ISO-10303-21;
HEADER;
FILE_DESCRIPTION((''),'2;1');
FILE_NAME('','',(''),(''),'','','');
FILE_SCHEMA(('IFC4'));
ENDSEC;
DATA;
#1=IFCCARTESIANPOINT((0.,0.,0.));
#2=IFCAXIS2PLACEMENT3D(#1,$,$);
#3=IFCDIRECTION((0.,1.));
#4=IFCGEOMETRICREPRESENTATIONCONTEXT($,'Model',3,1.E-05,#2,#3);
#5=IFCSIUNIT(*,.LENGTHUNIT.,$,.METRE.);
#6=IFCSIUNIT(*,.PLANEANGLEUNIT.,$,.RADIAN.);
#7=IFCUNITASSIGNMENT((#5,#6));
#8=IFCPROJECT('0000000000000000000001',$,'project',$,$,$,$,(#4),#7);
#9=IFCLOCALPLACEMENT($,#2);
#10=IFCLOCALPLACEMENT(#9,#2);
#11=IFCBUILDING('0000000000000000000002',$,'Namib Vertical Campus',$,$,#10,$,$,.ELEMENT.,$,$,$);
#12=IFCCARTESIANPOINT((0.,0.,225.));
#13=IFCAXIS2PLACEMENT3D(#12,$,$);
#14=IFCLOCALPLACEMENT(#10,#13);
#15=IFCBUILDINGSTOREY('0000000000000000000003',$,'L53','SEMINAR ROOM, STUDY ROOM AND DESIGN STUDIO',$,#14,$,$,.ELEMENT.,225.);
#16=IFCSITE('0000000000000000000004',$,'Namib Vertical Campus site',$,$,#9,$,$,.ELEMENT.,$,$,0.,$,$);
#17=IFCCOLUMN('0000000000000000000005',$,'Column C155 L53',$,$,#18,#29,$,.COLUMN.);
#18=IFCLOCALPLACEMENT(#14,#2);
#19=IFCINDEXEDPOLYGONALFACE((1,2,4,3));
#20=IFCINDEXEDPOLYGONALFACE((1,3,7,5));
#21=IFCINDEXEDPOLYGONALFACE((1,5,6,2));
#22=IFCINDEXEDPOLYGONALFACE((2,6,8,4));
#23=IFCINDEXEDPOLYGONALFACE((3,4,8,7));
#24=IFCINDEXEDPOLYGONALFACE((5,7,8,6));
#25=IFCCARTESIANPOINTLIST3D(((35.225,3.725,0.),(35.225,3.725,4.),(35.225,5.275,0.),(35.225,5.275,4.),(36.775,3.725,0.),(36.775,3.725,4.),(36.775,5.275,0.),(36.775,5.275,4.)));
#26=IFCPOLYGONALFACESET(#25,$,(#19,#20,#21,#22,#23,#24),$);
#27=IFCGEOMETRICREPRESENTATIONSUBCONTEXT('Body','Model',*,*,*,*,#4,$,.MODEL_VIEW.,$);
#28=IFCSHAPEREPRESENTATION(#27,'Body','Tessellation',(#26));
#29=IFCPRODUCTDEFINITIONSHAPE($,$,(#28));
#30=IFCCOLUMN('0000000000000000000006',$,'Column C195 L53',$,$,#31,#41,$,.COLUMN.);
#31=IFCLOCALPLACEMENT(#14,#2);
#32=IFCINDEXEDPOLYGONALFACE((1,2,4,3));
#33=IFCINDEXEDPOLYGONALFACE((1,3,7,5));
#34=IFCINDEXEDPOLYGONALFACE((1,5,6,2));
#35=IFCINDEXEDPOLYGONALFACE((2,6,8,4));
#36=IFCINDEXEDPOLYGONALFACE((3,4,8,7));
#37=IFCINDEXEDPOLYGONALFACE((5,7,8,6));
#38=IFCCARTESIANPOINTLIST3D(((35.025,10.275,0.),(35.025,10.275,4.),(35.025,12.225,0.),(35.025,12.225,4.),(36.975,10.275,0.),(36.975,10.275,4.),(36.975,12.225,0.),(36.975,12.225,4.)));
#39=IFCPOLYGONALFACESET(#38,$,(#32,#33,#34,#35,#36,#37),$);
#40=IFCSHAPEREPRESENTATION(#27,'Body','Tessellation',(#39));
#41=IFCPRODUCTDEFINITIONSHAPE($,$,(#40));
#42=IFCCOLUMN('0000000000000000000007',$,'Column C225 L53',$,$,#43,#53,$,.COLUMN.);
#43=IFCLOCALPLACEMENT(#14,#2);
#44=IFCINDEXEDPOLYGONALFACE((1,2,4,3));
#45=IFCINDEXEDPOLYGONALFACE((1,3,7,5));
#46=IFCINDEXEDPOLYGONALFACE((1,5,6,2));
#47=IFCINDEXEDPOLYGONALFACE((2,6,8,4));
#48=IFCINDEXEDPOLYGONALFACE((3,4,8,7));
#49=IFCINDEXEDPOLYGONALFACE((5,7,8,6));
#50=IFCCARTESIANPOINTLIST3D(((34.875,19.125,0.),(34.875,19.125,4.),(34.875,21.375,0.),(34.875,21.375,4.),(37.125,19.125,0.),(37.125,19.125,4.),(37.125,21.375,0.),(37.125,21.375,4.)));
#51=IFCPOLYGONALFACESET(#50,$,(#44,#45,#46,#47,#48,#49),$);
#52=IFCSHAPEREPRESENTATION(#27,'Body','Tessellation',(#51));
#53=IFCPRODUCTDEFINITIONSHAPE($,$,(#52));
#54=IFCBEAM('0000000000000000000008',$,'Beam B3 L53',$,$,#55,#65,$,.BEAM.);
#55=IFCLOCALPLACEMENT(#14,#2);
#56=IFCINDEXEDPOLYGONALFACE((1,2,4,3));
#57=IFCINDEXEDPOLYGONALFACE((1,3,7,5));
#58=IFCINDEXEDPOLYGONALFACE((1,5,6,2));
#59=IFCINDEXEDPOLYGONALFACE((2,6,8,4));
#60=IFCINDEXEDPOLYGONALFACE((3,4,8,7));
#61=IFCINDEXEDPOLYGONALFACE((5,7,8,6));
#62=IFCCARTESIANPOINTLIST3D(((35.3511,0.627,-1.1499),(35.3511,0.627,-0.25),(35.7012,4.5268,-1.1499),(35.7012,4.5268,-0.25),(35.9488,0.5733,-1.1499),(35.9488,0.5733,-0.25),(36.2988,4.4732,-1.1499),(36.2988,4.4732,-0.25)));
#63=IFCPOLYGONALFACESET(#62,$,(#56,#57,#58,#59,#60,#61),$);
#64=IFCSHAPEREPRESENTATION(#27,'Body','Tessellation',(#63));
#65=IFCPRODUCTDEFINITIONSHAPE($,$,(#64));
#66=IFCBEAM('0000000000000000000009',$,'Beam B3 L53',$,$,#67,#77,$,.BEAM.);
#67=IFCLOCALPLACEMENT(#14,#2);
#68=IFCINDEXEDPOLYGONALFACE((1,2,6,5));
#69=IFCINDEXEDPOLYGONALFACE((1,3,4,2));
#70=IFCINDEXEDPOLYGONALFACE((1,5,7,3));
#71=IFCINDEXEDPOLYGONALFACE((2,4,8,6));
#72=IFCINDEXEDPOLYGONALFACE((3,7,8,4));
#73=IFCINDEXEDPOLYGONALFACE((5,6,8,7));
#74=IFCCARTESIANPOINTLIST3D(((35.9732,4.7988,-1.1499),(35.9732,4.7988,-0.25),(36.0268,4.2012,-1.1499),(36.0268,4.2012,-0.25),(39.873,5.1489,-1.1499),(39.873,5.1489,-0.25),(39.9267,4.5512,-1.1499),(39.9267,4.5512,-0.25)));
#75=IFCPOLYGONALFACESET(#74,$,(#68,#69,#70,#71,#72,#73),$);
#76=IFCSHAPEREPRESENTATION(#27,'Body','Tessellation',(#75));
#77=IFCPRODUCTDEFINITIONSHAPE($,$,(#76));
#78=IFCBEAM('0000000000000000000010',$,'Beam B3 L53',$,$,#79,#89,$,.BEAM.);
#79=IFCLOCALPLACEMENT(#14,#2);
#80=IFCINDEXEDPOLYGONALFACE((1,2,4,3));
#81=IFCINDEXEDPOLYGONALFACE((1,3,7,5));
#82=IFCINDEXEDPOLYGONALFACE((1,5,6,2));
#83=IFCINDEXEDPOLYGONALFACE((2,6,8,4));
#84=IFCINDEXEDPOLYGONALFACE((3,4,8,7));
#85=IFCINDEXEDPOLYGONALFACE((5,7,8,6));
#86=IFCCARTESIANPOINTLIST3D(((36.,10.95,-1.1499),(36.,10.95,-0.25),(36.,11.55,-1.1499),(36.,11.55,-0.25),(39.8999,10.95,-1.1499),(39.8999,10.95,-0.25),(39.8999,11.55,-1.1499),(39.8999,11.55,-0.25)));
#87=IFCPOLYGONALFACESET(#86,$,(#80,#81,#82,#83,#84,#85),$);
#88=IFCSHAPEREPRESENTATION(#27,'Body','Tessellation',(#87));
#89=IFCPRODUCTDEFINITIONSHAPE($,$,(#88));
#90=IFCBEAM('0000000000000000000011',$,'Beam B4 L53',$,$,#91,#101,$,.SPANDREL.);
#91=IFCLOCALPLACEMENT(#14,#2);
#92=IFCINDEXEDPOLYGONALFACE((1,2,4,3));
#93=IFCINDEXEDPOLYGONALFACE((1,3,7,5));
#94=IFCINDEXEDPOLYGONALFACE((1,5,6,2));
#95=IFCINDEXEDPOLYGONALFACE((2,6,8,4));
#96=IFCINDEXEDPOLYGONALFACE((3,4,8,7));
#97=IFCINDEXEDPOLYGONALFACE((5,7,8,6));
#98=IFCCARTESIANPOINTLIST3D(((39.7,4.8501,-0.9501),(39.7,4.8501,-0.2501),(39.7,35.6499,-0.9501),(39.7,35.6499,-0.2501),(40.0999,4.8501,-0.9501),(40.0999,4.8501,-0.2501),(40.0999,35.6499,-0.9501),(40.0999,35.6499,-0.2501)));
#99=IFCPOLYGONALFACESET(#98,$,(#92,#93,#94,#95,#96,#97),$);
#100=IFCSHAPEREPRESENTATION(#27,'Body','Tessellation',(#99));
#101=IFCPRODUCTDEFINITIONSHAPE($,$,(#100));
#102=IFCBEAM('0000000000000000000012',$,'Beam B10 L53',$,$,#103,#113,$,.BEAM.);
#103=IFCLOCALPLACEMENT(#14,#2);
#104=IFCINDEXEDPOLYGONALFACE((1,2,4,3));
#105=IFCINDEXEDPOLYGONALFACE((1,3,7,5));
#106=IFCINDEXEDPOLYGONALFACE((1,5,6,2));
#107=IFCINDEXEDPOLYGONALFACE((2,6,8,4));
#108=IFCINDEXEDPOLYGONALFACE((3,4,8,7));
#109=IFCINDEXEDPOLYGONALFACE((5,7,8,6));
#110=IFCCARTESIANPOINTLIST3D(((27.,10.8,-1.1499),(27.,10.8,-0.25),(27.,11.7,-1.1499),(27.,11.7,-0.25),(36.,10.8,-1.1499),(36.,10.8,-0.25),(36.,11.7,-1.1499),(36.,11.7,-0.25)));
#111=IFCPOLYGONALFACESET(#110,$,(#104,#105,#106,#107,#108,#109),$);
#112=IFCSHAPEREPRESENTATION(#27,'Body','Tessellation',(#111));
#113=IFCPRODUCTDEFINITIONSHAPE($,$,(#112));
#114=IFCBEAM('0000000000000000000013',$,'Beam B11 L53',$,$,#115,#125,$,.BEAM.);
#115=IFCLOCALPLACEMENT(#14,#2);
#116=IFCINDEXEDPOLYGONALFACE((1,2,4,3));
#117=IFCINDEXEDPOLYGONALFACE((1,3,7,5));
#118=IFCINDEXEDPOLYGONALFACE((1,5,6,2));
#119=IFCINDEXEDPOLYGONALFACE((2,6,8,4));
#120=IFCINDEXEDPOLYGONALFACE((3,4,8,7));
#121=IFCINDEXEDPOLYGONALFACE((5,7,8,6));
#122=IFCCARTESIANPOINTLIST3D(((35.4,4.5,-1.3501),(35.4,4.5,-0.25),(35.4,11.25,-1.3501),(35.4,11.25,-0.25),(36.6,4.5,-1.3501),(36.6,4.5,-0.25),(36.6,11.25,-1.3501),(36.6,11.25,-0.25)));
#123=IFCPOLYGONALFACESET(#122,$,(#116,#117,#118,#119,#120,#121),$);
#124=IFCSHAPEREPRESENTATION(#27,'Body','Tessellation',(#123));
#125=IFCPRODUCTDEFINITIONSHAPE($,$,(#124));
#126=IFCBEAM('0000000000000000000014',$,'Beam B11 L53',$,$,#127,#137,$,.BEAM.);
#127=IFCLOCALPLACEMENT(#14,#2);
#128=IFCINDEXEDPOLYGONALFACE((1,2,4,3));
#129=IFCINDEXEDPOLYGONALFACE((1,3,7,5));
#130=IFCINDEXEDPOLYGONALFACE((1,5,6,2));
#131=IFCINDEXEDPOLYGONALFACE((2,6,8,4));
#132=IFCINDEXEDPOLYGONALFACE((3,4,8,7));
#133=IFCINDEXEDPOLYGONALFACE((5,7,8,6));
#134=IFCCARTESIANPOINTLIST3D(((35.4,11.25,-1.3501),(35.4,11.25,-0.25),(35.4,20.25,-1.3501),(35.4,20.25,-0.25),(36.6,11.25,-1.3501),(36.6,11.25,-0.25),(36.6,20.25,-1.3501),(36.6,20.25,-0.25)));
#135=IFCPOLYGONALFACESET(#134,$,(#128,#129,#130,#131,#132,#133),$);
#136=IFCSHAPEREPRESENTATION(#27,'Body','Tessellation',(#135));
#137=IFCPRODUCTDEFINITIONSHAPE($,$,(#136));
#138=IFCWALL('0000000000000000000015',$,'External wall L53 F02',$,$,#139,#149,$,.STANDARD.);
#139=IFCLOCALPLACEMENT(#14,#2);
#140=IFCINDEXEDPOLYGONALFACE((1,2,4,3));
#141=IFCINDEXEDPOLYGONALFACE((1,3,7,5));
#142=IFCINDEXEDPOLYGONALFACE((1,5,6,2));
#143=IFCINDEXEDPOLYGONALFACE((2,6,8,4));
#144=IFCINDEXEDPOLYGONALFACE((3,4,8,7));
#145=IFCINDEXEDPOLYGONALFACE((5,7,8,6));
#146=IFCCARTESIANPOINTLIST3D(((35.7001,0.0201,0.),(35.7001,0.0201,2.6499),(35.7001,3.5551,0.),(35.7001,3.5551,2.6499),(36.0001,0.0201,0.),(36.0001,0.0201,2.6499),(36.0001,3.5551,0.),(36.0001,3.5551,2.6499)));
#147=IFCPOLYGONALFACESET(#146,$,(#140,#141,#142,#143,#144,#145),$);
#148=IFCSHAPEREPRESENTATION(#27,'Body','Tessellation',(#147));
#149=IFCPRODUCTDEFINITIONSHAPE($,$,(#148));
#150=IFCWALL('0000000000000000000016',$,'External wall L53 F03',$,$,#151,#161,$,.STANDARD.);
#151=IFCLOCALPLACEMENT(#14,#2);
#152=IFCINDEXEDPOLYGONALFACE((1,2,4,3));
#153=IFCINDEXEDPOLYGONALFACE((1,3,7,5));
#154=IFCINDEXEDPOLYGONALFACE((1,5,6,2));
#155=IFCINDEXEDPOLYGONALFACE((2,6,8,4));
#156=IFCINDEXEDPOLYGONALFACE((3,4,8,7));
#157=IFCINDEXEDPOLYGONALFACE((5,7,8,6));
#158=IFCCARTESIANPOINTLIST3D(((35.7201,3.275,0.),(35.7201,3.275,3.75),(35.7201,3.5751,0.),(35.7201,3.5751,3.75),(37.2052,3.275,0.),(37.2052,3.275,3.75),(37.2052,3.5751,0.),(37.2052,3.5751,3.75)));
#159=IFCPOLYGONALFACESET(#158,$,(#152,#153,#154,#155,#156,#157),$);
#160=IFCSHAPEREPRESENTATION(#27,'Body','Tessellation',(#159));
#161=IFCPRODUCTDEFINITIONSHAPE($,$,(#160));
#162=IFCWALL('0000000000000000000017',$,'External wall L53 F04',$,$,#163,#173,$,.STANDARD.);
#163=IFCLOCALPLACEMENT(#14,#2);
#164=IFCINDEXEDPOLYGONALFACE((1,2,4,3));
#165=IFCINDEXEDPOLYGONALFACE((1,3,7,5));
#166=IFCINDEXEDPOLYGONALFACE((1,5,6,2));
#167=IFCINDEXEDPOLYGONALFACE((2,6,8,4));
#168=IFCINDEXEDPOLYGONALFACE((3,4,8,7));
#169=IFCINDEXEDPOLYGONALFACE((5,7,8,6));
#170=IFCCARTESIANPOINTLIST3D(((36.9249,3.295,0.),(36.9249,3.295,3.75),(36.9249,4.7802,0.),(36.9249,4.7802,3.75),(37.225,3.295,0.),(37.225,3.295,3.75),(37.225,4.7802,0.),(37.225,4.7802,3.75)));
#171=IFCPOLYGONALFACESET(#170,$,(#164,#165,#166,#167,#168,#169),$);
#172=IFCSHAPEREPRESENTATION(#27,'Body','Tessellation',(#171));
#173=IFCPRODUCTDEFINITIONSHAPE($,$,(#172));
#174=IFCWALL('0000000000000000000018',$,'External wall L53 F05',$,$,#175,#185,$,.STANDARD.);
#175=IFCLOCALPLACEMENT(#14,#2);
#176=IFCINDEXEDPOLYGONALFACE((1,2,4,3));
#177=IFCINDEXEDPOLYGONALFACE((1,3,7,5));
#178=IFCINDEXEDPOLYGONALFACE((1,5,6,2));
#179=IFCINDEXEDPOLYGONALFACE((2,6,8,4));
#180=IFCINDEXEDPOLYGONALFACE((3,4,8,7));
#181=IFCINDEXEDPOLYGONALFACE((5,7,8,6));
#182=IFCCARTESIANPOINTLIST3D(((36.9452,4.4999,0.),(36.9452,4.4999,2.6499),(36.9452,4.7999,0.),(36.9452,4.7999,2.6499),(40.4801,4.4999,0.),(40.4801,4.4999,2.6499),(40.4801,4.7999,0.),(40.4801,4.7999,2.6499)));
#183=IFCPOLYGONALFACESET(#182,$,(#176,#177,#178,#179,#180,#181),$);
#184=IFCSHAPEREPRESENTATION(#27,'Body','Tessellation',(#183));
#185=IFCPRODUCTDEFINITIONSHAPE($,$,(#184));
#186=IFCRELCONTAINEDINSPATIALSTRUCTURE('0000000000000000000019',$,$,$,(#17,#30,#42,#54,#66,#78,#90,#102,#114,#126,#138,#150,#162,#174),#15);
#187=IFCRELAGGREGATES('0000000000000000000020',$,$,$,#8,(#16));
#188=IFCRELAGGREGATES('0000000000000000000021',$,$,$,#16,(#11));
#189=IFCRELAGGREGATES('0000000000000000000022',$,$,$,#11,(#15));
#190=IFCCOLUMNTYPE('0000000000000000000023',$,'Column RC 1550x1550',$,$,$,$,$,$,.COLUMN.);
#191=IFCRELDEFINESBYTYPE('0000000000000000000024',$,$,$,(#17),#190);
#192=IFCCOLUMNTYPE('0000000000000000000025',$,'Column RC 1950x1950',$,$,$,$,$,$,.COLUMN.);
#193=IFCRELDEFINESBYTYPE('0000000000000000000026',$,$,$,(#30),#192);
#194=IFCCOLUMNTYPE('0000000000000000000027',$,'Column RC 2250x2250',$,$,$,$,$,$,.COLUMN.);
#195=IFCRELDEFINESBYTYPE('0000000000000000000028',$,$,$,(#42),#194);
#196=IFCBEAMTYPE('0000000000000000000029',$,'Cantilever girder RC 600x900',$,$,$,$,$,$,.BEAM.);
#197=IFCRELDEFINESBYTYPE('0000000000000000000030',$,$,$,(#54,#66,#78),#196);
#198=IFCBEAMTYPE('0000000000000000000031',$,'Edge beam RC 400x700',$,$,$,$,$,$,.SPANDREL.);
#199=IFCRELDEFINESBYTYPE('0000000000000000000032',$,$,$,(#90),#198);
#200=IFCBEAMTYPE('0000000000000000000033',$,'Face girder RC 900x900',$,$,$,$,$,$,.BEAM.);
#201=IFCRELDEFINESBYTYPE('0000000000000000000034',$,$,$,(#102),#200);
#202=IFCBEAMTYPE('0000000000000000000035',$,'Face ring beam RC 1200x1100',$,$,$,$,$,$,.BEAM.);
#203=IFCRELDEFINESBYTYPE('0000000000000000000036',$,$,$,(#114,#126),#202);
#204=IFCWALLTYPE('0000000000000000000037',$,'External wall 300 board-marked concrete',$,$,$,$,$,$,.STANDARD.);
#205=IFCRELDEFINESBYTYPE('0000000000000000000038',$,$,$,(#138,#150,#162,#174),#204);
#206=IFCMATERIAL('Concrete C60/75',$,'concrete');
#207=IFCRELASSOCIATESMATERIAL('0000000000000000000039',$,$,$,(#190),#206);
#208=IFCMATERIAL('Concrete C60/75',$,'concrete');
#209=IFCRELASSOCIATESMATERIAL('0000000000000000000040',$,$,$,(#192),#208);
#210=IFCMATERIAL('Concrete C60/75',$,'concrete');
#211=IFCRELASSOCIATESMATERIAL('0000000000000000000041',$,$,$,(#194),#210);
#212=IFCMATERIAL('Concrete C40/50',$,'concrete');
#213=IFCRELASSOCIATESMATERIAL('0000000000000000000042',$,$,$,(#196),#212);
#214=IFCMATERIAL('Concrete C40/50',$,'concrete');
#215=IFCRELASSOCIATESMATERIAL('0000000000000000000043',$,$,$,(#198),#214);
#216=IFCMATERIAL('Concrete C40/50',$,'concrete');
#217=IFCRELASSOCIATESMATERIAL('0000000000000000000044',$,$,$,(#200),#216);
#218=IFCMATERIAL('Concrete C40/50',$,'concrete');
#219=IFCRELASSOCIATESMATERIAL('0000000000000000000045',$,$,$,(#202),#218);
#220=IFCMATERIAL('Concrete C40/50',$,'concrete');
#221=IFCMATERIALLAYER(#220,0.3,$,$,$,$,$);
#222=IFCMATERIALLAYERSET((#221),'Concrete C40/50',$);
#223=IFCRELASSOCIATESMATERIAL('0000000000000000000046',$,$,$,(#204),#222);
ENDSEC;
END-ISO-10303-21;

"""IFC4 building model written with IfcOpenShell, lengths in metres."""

from ifc_helpers import new_model, si_unit, direction, frame, frame_2d, origin, origin_2d, place, context, subcontext, project, spatial, rectangle, extrude, material, layer, layer_set, material_profile, profile_set, type_object, element, save


model = new_model("IFC4")

# Units and contexts
model_context = context("Model", 3, precision=1e-05, world=origin(), true_north=direction((0.0, 1.0)))
body_context = subcontext(model_context, "Body", "Model", "MODEL_VIEW")
ifc_project = project(units=[si_unit("LENGTHUNIT", "METRE"), si_unit("PLANEANGLEUNIT", "RADIAN")], contexts=[model_context])

# Site, building, storey
site_placement = place(None, origin())
site = spatial("IfcSite", under=ifc_project, at=site_placement, Name="Namib Vertical Campus site", CompositionType="ELEMENT", RefElevation=0.0)
building_placement = place(site_placement, origin())
building = spatial("IfcBuilding", under=site, at=building_placement, Name="Namib Vertical Campus", CompositionType="ELEMENT")
storey_placement = place(building_placement, frame((0.0, 0.0, 225.0)))
storey = spatial("IfcBuildingStorey", under=building, at=storey_placement, Name="L53", Description="SEMINAR ROOM, STUDY ROOM AND DESIGN STUDIO", CompositionType="ELEMENT", Elevation=225.0)

# Columns
ifc_material_1 = material(Name="Concrete C60/75", Category="concrete")
ifc_material_profile_1 = material_profile(ifc_material_1, rectangle(XDim=1.55, YDim=1.55, at=origin_2d()))
ifc_profile_set_1 = profile_set([ifc_material_profile_1], Name="Concrete C60/75")
column_type_1 = type_object("IfcColumnType", Name="Column RC 1550x1550", PredefinedType="COLUMN", material=ifc_profile_set_1)
column_1_placement = place(storey_placement, frame((36.0, 4.5, 0.0), z_axis=(0.0, 0.0, 1.0), x_axis=(1.0, 0.0, 0.0)))
element("IfcColumn", 1, at=column_1_placement, inside=storey, type_object=column_type_1, Name="Column C155 L53", PredefinedType="COLUMN", context=body_context, shape_type="SweptSolid", body=[
    extrude(rectangle(XDim=1.55, YDim=1.55, at=origin_2d()), origin(), (0.0, 0.0, 1.0), 4.0),
])
ifc_material_2 = material(Name="Concrete C60/75", Category="concrete")
ifc_material_profile_2 = material_profile(ifc_material_2, rectangle(XDim=1.95, YDim=1.95, at=origin_2d()))
ifc_profile_set_2 = profile_set([ifc_material_profile_2], Name="Concrete C60/75")
column_type_2 = type_object("IfcColumnType", Name="Column RC 1950x1950", PredefinedType="COLUMN", material=ifc_profile_set_2)
column_2_placement = place(storey_placement, frame((36.0, 11.25, 0.0), z_axis=(0.0, 0.0, 1.0), x_axis=(1.0, 0.0, 0.0)))
element("IfcColumn", 2, at=column_2_placement, inside=storey, type_object=column_type_2, Name="Column C195 L53", PredefinedType="COLUMN", context=body_context, shape_type="SweptSolid", body=[
    extrude(rectangle(XDim=1.95, YDim=1.95, at=origin_2d()), origin(), (0.0, 0.0, 1.0), 4.0),
])
ifc_material_3 = material(Name="Concrete C60/75", Category="concrete")
ifc_material_profile_3 = material_profile(ifc_material_3, rectangle(XDim=2.25, YDim=2.25, at=origin_2d()))
ifc_profile_set_3 = profile_set([ifc_material_profile_3], Name="Concrete C60/75")
column_type_3 = type_object("IfcColumnType", Name="Column RC 2250x2250", PredefinedType="COLUMN", material=ifc_profile_set_3)
column_3_placement = place(storey_placement, frame((36.0, 20.25, 0.0), z_axis=(0.0, 0.0, 1.0), x_axis=(1.0, 0.0, 0.0)))
element("IfcColumn", 3, at=column_3_placement, inside=storey, type_object=column_type_3, Name="Column C225 L53", PredefinedType="COLUMN", context=body_context, shape_type="SweptSolid", body=[
    extrude(rectangle(XDim=2.25, YDim=2.25, at=origin_2d()), origin(), (0.0, 0.0, 1.0), 4.0),
])

# Beams
ifc_material_4 = material(Name="Concrete C40/50", Category="concrete")
ifc_material_profile_4 = material_profile(ifc_material_4, rectangle(XDim=0.6001, YDim=0.8999, at=origin_2d()))
ifc_profile_set_4 = profile_set([ifc_material_profile_4], Name="Concrete C40/50")
beam_type_1 = type_object("IfcBeamType", Name="Cantilever girder RC 600x900", PredefinedType="BEAM", material=ifc_profile_set_4)
for number, where, z_axis, x_axis, name in (
    (4, (36.0, 4.5, -0.7), (-0.089411, -0.995995, 0.0), (0.995995, -0.089411, 0.0), "Beam B3 L53"),
    (5, (36.0, 4.5, -0.7), (0.995995, 0.089411, 0.0), (-0.089411, 0.995995, 0.0), "Beam B3 L53"),
):
    element("IfcBeam", number, at=place(storey_placement, frame(where, z_axis=z_axis, x_axis=x_axis)), inside=storey, type_object=beam_type_1, Name=name, PredefinedType="BEAM", context=body_context, shape_type="SweptSolid", body=[
        extrude(rectangle(XDim=0.6001, YDim=0.8999, at=origin_2d()), origin(), (0.0, 0.0, 1.0), 3.9155),
    ])
beam_1_placement = place(storey_placement, frame((36.0, 11.25, -0.7), z_axis=(1.0, 0.0, 0.0), x_axis=(0.0, 1.0, 0.0)))
element("IfcBeam", 6, at=beam_1_placement, inside=storey, type_object=beam_type_1, Name="Beam B3 L53", PredefinedType="BEAM", context=body_context, shape_type="SweptSolid", body=[
    extrude(rectangle(XDim=0.6001, YDim=0.8999, at=origin_2d()), origin(), (0.0, 0.0, 1.0), 3.8999),
])
ifc_material_5 = material(Name="Concrete C40/50", Category="concrete")
ifc_material_profile_5 = material_profile(ifc_material_5, rectangle(XDim=0.3999, YDim=0.7, at=origin_2d()))
ifc_profile_set_5 = profile_set([ifc_material_profile_5], Name="Concrete C40/50")
beam_type_2 = type_object("IfcBeamType", Name="Edge beam RC 400x700", PredefinedType="SPANDREL", material=ifc_profile_set_5)
beam_2_placement = place(storey_placement, frame((39.8999, 4.8501, -0.6001), z_axis=(0.0, 1.0, 0.0), x_axis=(-1.0, 0.0, 0.0)))
element("IfcBeam", 7, at=beam_2_placement, inside=storey, type_object=beam_type_2, Name="Beam B4 L53", PredefinedType="SPANDREL", context=body_context, shape_type="SweptSolid", body=[
    extrude(rectangle(XDim=0.3999, YDim=0.7, at=origin_2d()), origin(), (0.0, 0.0, 1.0), 30.7998),
])
ifc_material_6 = material(Name="Concrete C40/50", Category="concrete")
ifc_material_profile_6 = material_profile(ifc_material_6, rectangle(XDim=0.8999, YDim=0.8999, at=origin_2d()))
ifc_profile_set_6 = profile_set([ifc_material_profile_6], Name="Concrete C40/50")
beam_type_3 = type_object("IfcBeamType", Name="Face girder RC 900x900", PredefinedType="BEAM", material=ifc_profile_set_6)
beam_3_placement = place(storey_placement, frame((36.0, 11.25, -0.7), z_axis=(-1.0, 0.0, 0.0), x_axis=(0.0, -1.0, 0.0)))
element("IfcBeam", 8, at=beam_3_placement, inside=storey, type_object=beam_type_3, Name="Beam B10 L53", PredefinedType="BEAM", context=body_context, shape_type="SweptSolid", body=[
    extrude(rectangle(XDim=0.8999, YDim=0.8999, at=origin_2d()), origin(), (0.0, 0.0, 1.0), 9.0),
])
ifc_material_7 = material(Name="Concrete C40/50", Category="concrete")
ifc_material_profile_7 = material_profile(ifc_material_7, rectangle(XDim=1.2, YDim=1.1001, at=origin_2d()))
ifc_profile_set_7 = profile_set([ifc_material_profile_7], Name="Concrete C40/50")
beam_type_4 = type_object("IfcBeamType", Name="Face ring beam RC 1200x1100", PredefinedType="BEAM", material=ifc_profile_set_7)
beam_4_placement = place(storey_placement, frame((36.0, 4.5, -0.8), z_axis=(0.0, 1.0, 0.0), x_axis=(-1.0, 0.0, 0.0)))
element("IfcBeam", 9, at=beam_4_placement, inside=storey, type_object=beam_type_4, Name="Beam B11 L53", PredefinedType="BEAM", context=body_context, shape_type="SweptSolid", body=[
    extrude(rectangle(XDim=1.2, YDim=1.1001, at=origin_2d()), origin(), (0.0, 0.0, 1.0), 6.75),
])
beam_5_placement = place(storey_placement, frame((36.0, 11.25, -0.8), z_axis=(0.0, 1.0, 0.0), x_axis=(-1.0, 0.0, 0.0)))
element("IfcBeam", 10, at=beam_5_placement, inside=storey, type_object=beam_type_4, Name="Beam B11 L53", PredefinedType="BEAM", context=body_context, shape_type="SweptSolid", body=[
    extrude(rectangle(XDim=1.2, YDim=1.1001, at=origin_2d()), origin(), (0.0, 0.0, 1.0), 9.0),
])

# Walls
ifc_material_8 = material(Name="Concrete C40/50", Category="concrete")
ifc_layer_1 = layer(ifc_material_8, 0.3)
ifc_layer_set_1 = layer_set([ifc_layer_1], Name="Concrete C40/50")
wall_type_1 = type_object("IfcWallType", Name="External wall 300 board-marked concrete", PredefinedType="STANDARD", material=ifc_layer_set_1)
wall_1_placement = place(storey_placement, frame((35.8501, 0.02, 0.0), z_axis=(0.0, 0.0, 1.0), x_axis=(0.0, 1.0, 0.0)))
element("IfcWall", 11, at=wall_1_placement, inside=storey, type_object=wall_type_1, Name="External wall L53 F02", PredefinedType="STANDARD", context=body_context, shape_type="SweptSolid", body=[
    extrude(rectangle(XDim=3.5349, YDim=0.3, at=frame_2d((1.7676, 0.0))), origin(), (0.0, 0.0, 1.0), 2.6499),
])
for number, where, z_axis, x_axis, name in (
    (12, (35.72, 3.425, 0.0), (0.0, 0.0, 1.0), (1.0, 0.0, 0.0), "External wall L53 F03"),
    (13, (37.075, 3.2949, 0.0), (0.0, 0.0, 1.0), (0.0, 1.0, 0.0), "External wall L53 F04"),
):
    element("IfcWall", number, at=place(storey_placement, frame(where, z_axis=z_axis, x_axis=x_axis)), inside=storey, type_object=wall_type_1, Name=name, PredefinedType="STANDARD", context=body_context, shape_type="SweptSolid", body=[
        extrude(rectangle(XDim=1.4851, YDim=0.3, at=frame_2d((0.7427, 0.0))), origin(), (0.0, 0.0, 1.0), 3.75),
    ])
wall_2_placement = place(storey_placement, frame((36.9451, 4.6499, 0.0), z_axis=(0.0, 0.0, 1.0), x_axis=(1.0, 0.0, 0.0)))
element("IfcWall", 14, at=wall_2_placement, inside=storey, type_object=wall_type_1, Name="External wall L53 F05", PredefinedType="STANDARD", context=body_context, shape_type="SweptSolid", body=[
    extrude(rectangle(XDim=3.5349, YDim=0.3, at=frame_2d((1.7676, 0.0))), origin(), (0.0, 0.0, 1.0), 2.6499),
])

save(model, "model.ifc")
